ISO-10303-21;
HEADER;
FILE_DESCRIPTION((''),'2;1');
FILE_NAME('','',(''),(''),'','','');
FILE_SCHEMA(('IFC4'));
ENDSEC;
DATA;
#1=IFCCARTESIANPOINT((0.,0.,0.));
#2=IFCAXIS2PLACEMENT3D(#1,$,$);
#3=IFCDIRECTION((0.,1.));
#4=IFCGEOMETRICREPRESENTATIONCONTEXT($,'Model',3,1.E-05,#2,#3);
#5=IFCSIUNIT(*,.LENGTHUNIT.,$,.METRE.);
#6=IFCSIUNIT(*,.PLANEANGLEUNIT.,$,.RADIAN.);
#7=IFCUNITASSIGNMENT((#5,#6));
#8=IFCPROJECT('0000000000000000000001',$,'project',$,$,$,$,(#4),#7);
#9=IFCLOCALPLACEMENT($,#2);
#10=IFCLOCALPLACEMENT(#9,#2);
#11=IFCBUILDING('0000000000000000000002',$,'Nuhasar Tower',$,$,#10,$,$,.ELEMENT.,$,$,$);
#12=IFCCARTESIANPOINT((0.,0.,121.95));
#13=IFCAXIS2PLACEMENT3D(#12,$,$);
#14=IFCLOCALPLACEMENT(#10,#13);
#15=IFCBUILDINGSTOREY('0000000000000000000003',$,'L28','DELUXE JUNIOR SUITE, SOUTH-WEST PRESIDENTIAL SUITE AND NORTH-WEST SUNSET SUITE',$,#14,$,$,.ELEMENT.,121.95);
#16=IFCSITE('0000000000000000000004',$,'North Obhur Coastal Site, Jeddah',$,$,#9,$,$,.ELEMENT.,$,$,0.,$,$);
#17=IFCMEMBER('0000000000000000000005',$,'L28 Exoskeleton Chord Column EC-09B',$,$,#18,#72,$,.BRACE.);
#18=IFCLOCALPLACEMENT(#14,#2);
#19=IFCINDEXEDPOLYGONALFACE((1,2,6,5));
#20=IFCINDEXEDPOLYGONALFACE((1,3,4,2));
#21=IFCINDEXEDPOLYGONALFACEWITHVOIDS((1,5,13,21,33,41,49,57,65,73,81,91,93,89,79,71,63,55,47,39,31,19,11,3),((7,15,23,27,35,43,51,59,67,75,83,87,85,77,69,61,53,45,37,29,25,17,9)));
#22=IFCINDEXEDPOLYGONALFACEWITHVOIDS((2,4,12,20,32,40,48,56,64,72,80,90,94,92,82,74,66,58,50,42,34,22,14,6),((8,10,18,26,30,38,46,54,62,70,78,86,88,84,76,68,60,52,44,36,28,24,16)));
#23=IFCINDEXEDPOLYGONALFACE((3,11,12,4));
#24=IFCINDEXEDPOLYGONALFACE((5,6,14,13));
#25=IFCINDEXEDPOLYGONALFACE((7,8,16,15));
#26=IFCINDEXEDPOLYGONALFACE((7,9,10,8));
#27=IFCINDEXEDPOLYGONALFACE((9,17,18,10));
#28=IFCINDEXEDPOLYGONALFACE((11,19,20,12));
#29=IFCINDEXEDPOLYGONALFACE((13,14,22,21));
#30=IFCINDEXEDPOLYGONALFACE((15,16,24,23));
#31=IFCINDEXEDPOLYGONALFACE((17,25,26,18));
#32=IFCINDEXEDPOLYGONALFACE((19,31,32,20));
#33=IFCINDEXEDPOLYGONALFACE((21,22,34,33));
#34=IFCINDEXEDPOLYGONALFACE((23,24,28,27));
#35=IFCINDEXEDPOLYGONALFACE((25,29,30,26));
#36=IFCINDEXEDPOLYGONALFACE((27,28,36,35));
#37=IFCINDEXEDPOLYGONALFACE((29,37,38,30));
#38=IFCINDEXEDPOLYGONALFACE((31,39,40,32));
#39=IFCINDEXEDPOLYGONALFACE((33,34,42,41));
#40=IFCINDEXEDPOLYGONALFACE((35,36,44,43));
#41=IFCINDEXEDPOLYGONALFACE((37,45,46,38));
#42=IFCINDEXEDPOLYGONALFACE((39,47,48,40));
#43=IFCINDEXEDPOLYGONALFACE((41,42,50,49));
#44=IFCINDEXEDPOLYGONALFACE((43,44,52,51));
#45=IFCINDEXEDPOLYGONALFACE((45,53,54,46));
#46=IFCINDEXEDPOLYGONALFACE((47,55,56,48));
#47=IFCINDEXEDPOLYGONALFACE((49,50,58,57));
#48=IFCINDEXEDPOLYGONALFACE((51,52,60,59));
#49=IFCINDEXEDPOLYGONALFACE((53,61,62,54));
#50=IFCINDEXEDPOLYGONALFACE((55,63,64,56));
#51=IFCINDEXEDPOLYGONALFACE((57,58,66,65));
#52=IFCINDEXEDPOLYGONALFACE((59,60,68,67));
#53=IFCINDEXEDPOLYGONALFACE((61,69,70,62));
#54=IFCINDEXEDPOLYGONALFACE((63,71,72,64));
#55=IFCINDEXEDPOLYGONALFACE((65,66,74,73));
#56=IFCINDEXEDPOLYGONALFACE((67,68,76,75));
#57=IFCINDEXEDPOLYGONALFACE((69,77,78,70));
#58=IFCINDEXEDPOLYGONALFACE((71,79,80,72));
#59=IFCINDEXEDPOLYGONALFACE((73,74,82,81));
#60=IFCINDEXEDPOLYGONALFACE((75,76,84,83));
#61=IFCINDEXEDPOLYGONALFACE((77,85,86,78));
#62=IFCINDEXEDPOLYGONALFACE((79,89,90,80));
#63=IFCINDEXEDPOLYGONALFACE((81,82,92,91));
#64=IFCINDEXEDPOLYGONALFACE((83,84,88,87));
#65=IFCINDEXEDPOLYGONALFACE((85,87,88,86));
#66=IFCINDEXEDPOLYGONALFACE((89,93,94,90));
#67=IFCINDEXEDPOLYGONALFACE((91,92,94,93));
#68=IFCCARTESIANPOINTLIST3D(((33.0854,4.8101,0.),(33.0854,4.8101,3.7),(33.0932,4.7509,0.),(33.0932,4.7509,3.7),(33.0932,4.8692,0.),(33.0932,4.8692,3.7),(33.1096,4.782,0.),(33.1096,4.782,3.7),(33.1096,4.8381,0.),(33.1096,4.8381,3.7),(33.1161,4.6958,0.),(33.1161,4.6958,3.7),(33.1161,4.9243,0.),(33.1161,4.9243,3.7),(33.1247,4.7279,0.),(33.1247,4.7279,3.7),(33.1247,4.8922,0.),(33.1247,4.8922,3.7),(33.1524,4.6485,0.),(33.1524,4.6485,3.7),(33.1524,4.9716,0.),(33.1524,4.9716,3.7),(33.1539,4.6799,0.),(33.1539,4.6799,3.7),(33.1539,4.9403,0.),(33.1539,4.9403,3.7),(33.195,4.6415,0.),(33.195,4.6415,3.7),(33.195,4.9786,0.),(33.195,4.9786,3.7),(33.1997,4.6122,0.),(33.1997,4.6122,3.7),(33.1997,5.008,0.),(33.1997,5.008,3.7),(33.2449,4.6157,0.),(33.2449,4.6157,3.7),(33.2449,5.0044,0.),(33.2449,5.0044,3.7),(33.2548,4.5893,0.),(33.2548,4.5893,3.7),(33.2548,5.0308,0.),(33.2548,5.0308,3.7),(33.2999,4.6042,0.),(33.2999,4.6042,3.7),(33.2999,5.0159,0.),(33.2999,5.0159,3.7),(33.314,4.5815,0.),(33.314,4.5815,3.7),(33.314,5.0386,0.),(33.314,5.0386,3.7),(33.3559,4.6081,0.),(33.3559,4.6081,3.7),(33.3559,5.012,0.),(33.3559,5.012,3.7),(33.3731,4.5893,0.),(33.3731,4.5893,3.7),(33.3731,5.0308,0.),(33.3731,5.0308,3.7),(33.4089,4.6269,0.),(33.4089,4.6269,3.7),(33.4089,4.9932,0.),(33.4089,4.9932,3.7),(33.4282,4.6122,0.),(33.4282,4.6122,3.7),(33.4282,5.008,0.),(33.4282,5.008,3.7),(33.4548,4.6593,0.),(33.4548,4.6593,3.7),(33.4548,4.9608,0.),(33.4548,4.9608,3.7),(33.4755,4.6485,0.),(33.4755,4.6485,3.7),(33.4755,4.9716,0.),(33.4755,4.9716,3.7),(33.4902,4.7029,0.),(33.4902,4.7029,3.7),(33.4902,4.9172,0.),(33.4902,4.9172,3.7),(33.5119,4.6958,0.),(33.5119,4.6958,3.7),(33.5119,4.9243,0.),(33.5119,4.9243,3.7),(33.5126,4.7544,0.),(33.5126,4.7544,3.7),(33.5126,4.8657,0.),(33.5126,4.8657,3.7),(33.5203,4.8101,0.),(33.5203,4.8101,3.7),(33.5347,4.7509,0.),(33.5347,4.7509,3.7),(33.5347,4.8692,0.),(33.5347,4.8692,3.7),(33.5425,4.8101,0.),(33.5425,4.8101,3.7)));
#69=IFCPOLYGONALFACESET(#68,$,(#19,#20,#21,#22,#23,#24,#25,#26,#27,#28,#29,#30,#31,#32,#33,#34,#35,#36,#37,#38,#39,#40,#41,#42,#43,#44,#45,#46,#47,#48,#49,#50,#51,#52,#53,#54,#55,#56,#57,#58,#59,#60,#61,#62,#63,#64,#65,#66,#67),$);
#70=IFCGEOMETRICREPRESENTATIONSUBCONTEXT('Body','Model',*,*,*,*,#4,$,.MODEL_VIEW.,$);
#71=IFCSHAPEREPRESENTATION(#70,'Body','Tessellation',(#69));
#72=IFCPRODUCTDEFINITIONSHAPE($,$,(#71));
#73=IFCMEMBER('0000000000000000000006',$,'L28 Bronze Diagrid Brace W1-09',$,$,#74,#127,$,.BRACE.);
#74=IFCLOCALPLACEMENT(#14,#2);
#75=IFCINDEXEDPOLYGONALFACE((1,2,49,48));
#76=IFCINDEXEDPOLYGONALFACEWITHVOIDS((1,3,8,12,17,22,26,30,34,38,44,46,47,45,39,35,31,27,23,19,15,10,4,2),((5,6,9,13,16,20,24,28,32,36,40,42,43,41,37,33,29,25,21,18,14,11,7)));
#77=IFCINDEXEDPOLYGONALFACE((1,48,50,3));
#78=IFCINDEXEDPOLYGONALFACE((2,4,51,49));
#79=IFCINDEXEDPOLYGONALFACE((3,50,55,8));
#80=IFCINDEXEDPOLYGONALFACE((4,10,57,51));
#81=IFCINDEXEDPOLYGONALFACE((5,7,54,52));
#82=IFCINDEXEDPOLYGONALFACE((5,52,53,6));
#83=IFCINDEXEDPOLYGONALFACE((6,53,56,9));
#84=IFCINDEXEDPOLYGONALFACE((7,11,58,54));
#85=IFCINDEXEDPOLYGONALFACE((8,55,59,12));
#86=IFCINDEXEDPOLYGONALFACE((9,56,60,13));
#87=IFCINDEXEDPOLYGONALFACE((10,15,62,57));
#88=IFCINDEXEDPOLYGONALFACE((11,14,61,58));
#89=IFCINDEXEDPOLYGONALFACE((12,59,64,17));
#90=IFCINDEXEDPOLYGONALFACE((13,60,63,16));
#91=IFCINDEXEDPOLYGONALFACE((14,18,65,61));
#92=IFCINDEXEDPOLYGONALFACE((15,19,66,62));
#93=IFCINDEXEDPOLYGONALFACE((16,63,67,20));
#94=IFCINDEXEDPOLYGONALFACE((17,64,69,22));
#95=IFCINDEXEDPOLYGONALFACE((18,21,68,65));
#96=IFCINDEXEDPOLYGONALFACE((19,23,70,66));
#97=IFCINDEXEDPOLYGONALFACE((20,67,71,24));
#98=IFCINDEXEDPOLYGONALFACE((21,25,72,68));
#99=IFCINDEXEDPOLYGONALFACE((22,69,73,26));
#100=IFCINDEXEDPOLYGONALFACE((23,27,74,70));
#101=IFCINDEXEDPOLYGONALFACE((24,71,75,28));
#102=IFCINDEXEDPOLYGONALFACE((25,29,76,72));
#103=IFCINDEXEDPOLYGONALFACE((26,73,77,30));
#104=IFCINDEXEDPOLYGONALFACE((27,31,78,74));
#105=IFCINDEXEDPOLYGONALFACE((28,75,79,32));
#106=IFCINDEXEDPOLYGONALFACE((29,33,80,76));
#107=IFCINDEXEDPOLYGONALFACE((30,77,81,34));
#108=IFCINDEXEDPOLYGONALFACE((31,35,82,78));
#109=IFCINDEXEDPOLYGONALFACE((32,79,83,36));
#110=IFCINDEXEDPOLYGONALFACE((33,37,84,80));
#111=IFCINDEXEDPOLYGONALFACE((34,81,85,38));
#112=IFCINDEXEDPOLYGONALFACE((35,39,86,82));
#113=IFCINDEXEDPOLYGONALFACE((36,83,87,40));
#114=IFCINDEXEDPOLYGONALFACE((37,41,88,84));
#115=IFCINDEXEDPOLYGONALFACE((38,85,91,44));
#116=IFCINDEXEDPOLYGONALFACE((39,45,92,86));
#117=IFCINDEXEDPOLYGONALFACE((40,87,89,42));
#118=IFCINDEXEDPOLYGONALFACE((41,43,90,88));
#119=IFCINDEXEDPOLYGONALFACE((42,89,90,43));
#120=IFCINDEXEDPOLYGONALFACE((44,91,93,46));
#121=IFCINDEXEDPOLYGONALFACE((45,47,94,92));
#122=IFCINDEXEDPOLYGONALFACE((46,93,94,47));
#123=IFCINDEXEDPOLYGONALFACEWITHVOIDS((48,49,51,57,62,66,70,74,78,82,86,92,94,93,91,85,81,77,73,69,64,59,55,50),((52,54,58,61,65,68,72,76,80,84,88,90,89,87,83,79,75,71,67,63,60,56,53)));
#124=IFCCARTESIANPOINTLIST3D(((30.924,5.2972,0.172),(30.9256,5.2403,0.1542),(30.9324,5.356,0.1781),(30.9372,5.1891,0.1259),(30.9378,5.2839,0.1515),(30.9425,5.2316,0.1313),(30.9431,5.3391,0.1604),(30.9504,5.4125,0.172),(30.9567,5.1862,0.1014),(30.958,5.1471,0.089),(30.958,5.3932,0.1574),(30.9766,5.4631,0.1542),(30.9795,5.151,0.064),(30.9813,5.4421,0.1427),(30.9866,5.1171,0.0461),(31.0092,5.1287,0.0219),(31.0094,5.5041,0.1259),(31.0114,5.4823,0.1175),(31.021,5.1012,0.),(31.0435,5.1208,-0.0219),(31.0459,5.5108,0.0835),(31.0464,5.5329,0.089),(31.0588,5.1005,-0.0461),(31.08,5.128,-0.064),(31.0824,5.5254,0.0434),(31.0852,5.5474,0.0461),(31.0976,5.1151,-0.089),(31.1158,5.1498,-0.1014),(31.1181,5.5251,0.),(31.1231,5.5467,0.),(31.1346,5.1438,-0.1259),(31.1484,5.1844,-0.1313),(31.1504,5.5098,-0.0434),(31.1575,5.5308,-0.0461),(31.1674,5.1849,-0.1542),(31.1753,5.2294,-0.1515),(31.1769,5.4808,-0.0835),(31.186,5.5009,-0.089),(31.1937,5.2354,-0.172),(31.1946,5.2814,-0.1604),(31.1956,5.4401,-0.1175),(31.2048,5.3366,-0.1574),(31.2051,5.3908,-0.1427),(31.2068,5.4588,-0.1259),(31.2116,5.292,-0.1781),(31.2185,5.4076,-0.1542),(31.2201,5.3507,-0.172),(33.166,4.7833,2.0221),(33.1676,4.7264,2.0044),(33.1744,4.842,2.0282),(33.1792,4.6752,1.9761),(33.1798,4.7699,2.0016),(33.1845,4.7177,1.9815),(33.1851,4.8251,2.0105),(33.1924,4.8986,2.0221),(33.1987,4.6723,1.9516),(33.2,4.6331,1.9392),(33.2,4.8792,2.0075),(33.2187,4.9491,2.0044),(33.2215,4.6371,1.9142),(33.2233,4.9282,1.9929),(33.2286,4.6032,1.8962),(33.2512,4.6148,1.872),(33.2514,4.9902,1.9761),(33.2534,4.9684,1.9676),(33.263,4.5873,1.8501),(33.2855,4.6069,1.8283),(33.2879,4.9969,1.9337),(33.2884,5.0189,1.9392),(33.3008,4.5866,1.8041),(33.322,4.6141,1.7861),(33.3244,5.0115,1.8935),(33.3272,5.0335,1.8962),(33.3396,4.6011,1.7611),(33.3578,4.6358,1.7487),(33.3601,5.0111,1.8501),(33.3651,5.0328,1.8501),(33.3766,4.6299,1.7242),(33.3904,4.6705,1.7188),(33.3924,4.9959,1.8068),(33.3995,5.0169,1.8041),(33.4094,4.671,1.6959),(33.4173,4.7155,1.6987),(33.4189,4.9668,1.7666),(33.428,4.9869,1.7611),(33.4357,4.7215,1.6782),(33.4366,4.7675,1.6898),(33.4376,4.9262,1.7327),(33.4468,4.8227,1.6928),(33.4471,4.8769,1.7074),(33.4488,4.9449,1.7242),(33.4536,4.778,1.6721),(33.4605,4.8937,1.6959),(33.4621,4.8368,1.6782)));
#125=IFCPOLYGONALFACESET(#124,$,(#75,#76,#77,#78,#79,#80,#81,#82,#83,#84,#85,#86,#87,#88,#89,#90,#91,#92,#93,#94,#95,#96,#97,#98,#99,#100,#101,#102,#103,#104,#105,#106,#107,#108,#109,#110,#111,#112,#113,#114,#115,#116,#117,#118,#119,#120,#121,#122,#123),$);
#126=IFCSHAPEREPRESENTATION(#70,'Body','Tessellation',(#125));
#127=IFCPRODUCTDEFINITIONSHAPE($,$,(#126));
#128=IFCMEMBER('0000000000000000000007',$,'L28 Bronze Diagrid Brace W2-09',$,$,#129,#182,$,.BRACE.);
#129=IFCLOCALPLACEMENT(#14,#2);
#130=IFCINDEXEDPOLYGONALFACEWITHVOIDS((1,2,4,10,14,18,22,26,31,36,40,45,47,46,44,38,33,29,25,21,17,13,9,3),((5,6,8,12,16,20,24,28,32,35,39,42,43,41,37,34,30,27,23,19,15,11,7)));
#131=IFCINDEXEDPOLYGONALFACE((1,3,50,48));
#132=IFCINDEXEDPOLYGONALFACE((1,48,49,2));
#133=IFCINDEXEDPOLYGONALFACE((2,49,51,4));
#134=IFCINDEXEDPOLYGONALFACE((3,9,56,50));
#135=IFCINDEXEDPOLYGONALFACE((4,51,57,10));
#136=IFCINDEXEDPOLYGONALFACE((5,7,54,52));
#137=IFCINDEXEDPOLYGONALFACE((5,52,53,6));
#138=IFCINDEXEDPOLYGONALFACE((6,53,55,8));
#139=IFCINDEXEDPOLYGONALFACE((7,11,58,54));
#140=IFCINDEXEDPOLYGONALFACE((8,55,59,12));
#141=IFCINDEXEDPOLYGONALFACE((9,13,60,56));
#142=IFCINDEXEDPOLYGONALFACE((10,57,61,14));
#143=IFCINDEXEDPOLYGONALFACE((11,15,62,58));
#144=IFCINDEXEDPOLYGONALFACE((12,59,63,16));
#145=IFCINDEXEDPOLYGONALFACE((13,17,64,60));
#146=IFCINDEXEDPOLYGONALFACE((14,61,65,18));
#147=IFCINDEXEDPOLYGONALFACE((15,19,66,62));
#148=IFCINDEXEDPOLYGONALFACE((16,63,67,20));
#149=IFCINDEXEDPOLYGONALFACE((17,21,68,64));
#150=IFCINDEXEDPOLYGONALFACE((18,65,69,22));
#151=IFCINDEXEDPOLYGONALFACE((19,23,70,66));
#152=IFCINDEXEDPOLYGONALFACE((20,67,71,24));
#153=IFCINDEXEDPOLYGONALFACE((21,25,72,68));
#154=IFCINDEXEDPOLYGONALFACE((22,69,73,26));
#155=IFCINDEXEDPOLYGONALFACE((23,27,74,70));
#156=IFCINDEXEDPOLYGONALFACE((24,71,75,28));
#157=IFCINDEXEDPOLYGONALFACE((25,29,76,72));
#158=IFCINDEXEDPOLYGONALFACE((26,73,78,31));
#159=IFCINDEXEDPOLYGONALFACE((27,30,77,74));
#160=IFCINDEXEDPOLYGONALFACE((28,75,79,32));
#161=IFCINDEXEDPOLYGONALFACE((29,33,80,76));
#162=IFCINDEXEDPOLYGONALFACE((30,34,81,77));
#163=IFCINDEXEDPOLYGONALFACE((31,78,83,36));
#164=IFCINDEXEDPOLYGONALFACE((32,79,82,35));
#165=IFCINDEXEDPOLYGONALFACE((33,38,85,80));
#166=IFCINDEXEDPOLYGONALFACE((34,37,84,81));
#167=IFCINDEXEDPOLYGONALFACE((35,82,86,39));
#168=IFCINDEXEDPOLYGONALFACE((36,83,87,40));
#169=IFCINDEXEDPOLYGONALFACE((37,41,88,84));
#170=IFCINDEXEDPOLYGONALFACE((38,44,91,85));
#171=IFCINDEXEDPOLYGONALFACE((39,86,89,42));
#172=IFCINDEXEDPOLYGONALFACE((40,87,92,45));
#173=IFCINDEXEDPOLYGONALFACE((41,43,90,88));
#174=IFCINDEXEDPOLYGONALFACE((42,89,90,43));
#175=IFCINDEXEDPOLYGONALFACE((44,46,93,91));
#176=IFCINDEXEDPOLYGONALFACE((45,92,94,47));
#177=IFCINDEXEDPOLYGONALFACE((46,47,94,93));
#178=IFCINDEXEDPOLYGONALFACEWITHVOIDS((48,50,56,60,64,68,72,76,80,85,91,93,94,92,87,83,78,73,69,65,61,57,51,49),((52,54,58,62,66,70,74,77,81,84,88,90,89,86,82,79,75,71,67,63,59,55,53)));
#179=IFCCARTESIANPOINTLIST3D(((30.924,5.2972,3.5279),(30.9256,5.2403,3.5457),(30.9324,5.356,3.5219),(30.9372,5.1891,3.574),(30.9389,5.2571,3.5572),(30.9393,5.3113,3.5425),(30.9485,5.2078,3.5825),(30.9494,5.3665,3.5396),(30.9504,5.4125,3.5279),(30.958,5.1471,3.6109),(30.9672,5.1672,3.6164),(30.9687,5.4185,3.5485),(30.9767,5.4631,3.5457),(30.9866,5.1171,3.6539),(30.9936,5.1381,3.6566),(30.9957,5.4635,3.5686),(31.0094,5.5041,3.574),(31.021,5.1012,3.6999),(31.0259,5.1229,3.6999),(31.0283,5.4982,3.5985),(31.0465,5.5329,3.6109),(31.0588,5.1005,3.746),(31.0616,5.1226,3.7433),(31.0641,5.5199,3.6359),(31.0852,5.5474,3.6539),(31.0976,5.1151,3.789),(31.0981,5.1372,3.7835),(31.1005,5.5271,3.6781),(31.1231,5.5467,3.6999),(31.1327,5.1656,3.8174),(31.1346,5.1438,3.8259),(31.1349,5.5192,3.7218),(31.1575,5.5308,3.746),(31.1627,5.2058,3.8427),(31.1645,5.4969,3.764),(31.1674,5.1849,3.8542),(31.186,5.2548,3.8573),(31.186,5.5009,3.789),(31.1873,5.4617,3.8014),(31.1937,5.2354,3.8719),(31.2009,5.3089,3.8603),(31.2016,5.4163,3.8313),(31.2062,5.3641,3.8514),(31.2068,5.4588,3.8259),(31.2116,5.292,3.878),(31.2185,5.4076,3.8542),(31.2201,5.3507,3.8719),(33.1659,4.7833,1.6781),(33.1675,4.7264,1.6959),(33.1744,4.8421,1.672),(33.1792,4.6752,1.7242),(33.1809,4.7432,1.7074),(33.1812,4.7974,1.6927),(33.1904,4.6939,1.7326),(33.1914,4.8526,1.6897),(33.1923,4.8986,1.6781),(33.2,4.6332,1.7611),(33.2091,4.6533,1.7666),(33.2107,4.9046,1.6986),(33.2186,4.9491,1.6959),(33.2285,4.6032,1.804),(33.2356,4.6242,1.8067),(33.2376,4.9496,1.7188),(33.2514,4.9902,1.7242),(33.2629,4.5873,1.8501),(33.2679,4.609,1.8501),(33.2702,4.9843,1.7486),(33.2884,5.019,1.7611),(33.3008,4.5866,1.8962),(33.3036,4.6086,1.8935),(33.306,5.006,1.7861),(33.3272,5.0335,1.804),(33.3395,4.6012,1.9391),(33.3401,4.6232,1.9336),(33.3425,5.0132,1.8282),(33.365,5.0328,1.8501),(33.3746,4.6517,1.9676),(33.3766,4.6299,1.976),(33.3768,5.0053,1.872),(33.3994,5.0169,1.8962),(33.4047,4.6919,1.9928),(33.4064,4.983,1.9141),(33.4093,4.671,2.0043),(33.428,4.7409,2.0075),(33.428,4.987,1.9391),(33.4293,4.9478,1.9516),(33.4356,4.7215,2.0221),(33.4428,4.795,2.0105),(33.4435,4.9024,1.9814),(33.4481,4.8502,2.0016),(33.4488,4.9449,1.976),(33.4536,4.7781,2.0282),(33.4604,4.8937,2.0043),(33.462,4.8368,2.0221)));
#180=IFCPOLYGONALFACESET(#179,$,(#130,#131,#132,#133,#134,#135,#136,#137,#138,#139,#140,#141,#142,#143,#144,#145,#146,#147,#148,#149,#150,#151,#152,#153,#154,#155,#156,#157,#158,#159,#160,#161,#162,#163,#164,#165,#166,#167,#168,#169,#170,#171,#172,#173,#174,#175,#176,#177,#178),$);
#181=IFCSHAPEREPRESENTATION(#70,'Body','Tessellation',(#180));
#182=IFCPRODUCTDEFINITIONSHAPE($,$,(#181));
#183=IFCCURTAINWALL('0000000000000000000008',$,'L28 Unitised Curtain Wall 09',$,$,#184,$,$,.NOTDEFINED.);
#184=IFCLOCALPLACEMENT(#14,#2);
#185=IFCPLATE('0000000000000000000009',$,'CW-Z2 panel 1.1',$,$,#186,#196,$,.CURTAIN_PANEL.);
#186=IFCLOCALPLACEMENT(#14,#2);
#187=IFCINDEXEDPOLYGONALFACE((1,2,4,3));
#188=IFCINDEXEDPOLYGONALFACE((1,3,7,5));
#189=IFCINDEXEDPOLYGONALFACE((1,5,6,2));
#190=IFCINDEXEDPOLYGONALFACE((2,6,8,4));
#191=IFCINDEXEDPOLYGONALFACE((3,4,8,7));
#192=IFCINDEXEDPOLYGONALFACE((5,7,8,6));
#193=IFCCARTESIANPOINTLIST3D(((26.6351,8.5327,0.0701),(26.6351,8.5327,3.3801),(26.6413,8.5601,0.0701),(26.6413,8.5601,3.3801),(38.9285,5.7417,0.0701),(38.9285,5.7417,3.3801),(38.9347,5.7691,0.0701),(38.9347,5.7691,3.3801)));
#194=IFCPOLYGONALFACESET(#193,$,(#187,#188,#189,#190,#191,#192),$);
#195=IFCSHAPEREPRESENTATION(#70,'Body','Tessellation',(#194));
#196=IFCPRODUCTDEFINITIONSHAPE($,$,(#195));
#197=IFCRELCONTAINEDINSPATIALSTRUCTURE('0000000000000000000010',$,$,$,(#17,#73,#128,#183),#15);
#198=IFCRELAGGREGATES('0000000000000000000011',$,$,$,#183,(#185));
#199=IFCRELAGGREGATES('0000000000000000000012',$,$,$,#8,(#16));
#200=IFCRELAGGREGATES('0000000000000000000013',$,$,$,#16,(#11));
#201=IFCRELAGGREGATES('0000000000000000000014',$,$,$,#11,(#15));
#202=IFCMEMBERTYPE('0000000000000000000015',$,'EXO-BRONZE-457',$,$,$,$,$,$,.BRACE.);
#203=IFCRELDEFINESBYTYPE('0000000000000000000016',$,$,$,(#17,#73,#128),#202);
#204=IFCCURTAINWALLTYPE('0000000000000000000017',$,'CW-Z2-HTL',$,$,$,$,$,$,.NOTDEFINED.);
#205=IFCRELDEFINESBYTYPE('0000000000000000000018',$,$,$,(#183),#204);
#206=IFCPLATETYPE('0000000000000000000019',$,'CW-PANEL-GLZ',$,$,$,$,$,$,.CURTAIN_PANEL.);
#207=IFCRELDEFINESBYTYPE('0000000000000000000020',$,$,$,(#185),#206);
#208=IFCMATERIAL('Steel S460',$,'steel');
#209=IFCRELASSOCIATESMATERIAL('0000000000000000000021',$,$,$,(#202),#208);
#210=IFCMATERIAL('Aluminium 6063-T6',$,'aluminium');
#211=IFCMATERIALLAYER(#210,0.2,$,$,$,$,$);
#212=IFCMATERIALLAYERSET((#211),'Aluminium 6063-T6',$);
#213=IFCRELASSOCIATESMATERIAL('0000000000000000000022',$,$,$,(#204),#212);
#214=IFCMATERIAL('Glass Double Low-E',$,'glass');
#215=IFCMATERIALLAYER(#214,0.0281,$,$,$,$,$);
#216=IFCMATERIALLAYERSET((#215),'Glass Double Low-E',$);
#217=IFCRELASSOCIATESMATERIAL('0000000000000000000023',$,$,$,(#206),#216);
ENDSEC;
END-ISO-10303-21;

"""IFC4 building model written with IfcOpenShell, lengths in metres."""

from ifc_helpers import new_model, si_unit, direction, frame, origin, origin_2d, place, context, subcontext, project, spatial, rectangle, hollow_circle, extrude, material, layer, layer_set, material_profile, profile_set, type_object, element, aggregate, save


model = new_model("IFC4")

# Units and contexts
model_context = context("Model", 3, precision=1e-05, world=origin(), true_north=direction((0.0, 1.0)))
body_context = subcontext(model_context, "Body", "Model", "MODEL_VIEW")
ifc_project = project(units=[si_unit("LENGTHUNIT", "METRE"), si_unit("PLANEANGLEUNIT", "RADIAN")], contexts=[model_context])

# Site, building, storey
site_placement = place(None, origin())
site = spatial("IfcSite", under=ifc_project, at=site_placement, Name="North Obhur Coastal Site, Jeddah", CompositionType="ELEMENT", RefElevation=0.0)
building_placement = place(site_placement, origin())
building = spatial("IfcBuilding", under=site, at=building_placement, Name="Nuhasar Tower", CompositionType="ELEMENT")
storey_placement = place(building_placement, frame((0.0, 0.0, 121.95)))
storey = spatial("IfcBuildingStorey", under=building, at=storey_placement, Name="L28", Description="DELUXE JUNIOR SUITE, SOUTH-WEST PRESIDENTIAL SUITE AND NORTH-WEST SUNSET SUITE", CompositionType="ELEMENT", Elevation=121.95)

# Members
ifc_material_1 = material(Name="Steel S460", Category="steel")
ifc_material_profile_1 = material_profile(ifc_material_1, hollow_circle(Radius=0.2285, WallThickness=0.0222, at=origin_2d()), Name="HSS457X22.2")
ifc_profile_set_1 = profile_set([ifc_material_profile_1], Name="Steel S460")
member_type = type_object("IfcMemberType", Name="EXO-BRONZE-457", PredefinedType="BRACE", material=ifc_profile_set_1)
for number, where, z_axis, x_axis, name in (
    (1, (33.314, 4.8101, 0.0), (0.0, 0.0, 1.0), (1.0, 0.0, 0.0), "L28 Exoskeleton Chord Column EC-09B"),
):
    element("IfcMember", number, at=place(storey_placement, frame(where, z_axis=z_axis, x_axis=x_axis)), inside=storey, type_object=member_type, Name=name, PredefinedType="BRACE", context=body_context, shape_type="SweptSolid", body=[
        extrude(hollow_circle(Radius=0.2285, WallThickness=0.0222, at=origin_2d()), origin(), (0.0, 0.0, 1.0), 3.7),
    ])
member_1_placement = place(storey_placement, frame((31.072, 5.324, 0.0), z_axis=(0.75951, -0.174101, 0.626764), x_axis=(0.223433, 0.974719, 0.0)))
element("IfcMember", 2, at=member_1_placement, inside=storey, type_object=member_type, Name="L28 Bronze Diagrid Brace W1-09", PredefinedType="BRACE", context=body_context, shape_type="SweptSolid", body=[
    extrude(hollow_circle(Radius=0.2285, WallThickness=0.0222, at=origin_2d()), origin(), (0.0, 0.0, 1.0), 2.9519),
])
member_2_placement = place(storey_placement, frame((33.314, 4.8101, 1.8501), z_axis=(-0.75955, 0.17411, 0.626713), x_axis=(-0.223433, -0.974719, 0.0)))
element("IfcMember", 3, at=member_2_placement, inside=storey, type_object=member_type, Name="L28 Bronze Diagrid Brace W2-09", PredefinedType="BRACE", context=body_context, shape_type="SweptSolid", body=[
    extrude(hollow_circle(Radius=0.2285, WallThickness=0.0222, at=origin_2d()), origin(), (0.0, 0.0, 1.0), 2.9517),
])

# Curtain wall, plate
ifc_material_2 = material(Name="Aluminium 6063-T6", Category="aluminium")
ifc_layer_1 = layer(ifc_material_2, 0.2)
ifc_layer_set_1 = layer_set([ifc_layer_1], Name="Aluminium 6063-T6")
curtain_wall_type = type_object("IfcCurtainWallType", Name="CW-Z2-HTL", PredefinedType="NOTDEFINED", material=ifc_layer_set_1)
curtain_wall_placement = place(storey_placement, origin())
curtain_wall = element("IfcCurtainWall", 4, at=curtain_wall_placement, inside=storey, type_object=curtain_wall_type, Name="L28 Unitised Curtain Wall 09", PredefinedType="NOTDEFINED")
ifc_material_3 = material(Name="Glass Double Low-E", Category="glass")
ifc_layer_2 = layer(ifc_material_3, 0.0281)
ifc_layer_set_2 = layer_set([ifc_layer_2], Name="Glass Double Low-E")
plate_type = type_object("IfcPlateType", Name="CW-PANEL-GLZ", PredefinedType="CURTAIN_PANEL", material=ifc_layer_set_2)
plate_placement = place(storey_placement, frame((32.7849, 7.1509, 0.0701), z_axis=(0.0, 0.0, 1.0), x_axis=(0.975184, -0.221397, 0.0)))
plate = element("IfcPlate", 5, at=plate_placement, type_object=plate_type, Name="CW-Z2 panel 1.1", PredefinedType="CURTAIN_PANEL", context=body_context, shape_type="SweptSolid", body=[
    extrude(rectangle(XDim=12.6062, YDim=0.0281, at=origin_2d()), origin(), (0.0, 0.0, 1.0), 3.3101),
])
aggregate(curtain_wall, [plate])

save(model, "model.ifc")
